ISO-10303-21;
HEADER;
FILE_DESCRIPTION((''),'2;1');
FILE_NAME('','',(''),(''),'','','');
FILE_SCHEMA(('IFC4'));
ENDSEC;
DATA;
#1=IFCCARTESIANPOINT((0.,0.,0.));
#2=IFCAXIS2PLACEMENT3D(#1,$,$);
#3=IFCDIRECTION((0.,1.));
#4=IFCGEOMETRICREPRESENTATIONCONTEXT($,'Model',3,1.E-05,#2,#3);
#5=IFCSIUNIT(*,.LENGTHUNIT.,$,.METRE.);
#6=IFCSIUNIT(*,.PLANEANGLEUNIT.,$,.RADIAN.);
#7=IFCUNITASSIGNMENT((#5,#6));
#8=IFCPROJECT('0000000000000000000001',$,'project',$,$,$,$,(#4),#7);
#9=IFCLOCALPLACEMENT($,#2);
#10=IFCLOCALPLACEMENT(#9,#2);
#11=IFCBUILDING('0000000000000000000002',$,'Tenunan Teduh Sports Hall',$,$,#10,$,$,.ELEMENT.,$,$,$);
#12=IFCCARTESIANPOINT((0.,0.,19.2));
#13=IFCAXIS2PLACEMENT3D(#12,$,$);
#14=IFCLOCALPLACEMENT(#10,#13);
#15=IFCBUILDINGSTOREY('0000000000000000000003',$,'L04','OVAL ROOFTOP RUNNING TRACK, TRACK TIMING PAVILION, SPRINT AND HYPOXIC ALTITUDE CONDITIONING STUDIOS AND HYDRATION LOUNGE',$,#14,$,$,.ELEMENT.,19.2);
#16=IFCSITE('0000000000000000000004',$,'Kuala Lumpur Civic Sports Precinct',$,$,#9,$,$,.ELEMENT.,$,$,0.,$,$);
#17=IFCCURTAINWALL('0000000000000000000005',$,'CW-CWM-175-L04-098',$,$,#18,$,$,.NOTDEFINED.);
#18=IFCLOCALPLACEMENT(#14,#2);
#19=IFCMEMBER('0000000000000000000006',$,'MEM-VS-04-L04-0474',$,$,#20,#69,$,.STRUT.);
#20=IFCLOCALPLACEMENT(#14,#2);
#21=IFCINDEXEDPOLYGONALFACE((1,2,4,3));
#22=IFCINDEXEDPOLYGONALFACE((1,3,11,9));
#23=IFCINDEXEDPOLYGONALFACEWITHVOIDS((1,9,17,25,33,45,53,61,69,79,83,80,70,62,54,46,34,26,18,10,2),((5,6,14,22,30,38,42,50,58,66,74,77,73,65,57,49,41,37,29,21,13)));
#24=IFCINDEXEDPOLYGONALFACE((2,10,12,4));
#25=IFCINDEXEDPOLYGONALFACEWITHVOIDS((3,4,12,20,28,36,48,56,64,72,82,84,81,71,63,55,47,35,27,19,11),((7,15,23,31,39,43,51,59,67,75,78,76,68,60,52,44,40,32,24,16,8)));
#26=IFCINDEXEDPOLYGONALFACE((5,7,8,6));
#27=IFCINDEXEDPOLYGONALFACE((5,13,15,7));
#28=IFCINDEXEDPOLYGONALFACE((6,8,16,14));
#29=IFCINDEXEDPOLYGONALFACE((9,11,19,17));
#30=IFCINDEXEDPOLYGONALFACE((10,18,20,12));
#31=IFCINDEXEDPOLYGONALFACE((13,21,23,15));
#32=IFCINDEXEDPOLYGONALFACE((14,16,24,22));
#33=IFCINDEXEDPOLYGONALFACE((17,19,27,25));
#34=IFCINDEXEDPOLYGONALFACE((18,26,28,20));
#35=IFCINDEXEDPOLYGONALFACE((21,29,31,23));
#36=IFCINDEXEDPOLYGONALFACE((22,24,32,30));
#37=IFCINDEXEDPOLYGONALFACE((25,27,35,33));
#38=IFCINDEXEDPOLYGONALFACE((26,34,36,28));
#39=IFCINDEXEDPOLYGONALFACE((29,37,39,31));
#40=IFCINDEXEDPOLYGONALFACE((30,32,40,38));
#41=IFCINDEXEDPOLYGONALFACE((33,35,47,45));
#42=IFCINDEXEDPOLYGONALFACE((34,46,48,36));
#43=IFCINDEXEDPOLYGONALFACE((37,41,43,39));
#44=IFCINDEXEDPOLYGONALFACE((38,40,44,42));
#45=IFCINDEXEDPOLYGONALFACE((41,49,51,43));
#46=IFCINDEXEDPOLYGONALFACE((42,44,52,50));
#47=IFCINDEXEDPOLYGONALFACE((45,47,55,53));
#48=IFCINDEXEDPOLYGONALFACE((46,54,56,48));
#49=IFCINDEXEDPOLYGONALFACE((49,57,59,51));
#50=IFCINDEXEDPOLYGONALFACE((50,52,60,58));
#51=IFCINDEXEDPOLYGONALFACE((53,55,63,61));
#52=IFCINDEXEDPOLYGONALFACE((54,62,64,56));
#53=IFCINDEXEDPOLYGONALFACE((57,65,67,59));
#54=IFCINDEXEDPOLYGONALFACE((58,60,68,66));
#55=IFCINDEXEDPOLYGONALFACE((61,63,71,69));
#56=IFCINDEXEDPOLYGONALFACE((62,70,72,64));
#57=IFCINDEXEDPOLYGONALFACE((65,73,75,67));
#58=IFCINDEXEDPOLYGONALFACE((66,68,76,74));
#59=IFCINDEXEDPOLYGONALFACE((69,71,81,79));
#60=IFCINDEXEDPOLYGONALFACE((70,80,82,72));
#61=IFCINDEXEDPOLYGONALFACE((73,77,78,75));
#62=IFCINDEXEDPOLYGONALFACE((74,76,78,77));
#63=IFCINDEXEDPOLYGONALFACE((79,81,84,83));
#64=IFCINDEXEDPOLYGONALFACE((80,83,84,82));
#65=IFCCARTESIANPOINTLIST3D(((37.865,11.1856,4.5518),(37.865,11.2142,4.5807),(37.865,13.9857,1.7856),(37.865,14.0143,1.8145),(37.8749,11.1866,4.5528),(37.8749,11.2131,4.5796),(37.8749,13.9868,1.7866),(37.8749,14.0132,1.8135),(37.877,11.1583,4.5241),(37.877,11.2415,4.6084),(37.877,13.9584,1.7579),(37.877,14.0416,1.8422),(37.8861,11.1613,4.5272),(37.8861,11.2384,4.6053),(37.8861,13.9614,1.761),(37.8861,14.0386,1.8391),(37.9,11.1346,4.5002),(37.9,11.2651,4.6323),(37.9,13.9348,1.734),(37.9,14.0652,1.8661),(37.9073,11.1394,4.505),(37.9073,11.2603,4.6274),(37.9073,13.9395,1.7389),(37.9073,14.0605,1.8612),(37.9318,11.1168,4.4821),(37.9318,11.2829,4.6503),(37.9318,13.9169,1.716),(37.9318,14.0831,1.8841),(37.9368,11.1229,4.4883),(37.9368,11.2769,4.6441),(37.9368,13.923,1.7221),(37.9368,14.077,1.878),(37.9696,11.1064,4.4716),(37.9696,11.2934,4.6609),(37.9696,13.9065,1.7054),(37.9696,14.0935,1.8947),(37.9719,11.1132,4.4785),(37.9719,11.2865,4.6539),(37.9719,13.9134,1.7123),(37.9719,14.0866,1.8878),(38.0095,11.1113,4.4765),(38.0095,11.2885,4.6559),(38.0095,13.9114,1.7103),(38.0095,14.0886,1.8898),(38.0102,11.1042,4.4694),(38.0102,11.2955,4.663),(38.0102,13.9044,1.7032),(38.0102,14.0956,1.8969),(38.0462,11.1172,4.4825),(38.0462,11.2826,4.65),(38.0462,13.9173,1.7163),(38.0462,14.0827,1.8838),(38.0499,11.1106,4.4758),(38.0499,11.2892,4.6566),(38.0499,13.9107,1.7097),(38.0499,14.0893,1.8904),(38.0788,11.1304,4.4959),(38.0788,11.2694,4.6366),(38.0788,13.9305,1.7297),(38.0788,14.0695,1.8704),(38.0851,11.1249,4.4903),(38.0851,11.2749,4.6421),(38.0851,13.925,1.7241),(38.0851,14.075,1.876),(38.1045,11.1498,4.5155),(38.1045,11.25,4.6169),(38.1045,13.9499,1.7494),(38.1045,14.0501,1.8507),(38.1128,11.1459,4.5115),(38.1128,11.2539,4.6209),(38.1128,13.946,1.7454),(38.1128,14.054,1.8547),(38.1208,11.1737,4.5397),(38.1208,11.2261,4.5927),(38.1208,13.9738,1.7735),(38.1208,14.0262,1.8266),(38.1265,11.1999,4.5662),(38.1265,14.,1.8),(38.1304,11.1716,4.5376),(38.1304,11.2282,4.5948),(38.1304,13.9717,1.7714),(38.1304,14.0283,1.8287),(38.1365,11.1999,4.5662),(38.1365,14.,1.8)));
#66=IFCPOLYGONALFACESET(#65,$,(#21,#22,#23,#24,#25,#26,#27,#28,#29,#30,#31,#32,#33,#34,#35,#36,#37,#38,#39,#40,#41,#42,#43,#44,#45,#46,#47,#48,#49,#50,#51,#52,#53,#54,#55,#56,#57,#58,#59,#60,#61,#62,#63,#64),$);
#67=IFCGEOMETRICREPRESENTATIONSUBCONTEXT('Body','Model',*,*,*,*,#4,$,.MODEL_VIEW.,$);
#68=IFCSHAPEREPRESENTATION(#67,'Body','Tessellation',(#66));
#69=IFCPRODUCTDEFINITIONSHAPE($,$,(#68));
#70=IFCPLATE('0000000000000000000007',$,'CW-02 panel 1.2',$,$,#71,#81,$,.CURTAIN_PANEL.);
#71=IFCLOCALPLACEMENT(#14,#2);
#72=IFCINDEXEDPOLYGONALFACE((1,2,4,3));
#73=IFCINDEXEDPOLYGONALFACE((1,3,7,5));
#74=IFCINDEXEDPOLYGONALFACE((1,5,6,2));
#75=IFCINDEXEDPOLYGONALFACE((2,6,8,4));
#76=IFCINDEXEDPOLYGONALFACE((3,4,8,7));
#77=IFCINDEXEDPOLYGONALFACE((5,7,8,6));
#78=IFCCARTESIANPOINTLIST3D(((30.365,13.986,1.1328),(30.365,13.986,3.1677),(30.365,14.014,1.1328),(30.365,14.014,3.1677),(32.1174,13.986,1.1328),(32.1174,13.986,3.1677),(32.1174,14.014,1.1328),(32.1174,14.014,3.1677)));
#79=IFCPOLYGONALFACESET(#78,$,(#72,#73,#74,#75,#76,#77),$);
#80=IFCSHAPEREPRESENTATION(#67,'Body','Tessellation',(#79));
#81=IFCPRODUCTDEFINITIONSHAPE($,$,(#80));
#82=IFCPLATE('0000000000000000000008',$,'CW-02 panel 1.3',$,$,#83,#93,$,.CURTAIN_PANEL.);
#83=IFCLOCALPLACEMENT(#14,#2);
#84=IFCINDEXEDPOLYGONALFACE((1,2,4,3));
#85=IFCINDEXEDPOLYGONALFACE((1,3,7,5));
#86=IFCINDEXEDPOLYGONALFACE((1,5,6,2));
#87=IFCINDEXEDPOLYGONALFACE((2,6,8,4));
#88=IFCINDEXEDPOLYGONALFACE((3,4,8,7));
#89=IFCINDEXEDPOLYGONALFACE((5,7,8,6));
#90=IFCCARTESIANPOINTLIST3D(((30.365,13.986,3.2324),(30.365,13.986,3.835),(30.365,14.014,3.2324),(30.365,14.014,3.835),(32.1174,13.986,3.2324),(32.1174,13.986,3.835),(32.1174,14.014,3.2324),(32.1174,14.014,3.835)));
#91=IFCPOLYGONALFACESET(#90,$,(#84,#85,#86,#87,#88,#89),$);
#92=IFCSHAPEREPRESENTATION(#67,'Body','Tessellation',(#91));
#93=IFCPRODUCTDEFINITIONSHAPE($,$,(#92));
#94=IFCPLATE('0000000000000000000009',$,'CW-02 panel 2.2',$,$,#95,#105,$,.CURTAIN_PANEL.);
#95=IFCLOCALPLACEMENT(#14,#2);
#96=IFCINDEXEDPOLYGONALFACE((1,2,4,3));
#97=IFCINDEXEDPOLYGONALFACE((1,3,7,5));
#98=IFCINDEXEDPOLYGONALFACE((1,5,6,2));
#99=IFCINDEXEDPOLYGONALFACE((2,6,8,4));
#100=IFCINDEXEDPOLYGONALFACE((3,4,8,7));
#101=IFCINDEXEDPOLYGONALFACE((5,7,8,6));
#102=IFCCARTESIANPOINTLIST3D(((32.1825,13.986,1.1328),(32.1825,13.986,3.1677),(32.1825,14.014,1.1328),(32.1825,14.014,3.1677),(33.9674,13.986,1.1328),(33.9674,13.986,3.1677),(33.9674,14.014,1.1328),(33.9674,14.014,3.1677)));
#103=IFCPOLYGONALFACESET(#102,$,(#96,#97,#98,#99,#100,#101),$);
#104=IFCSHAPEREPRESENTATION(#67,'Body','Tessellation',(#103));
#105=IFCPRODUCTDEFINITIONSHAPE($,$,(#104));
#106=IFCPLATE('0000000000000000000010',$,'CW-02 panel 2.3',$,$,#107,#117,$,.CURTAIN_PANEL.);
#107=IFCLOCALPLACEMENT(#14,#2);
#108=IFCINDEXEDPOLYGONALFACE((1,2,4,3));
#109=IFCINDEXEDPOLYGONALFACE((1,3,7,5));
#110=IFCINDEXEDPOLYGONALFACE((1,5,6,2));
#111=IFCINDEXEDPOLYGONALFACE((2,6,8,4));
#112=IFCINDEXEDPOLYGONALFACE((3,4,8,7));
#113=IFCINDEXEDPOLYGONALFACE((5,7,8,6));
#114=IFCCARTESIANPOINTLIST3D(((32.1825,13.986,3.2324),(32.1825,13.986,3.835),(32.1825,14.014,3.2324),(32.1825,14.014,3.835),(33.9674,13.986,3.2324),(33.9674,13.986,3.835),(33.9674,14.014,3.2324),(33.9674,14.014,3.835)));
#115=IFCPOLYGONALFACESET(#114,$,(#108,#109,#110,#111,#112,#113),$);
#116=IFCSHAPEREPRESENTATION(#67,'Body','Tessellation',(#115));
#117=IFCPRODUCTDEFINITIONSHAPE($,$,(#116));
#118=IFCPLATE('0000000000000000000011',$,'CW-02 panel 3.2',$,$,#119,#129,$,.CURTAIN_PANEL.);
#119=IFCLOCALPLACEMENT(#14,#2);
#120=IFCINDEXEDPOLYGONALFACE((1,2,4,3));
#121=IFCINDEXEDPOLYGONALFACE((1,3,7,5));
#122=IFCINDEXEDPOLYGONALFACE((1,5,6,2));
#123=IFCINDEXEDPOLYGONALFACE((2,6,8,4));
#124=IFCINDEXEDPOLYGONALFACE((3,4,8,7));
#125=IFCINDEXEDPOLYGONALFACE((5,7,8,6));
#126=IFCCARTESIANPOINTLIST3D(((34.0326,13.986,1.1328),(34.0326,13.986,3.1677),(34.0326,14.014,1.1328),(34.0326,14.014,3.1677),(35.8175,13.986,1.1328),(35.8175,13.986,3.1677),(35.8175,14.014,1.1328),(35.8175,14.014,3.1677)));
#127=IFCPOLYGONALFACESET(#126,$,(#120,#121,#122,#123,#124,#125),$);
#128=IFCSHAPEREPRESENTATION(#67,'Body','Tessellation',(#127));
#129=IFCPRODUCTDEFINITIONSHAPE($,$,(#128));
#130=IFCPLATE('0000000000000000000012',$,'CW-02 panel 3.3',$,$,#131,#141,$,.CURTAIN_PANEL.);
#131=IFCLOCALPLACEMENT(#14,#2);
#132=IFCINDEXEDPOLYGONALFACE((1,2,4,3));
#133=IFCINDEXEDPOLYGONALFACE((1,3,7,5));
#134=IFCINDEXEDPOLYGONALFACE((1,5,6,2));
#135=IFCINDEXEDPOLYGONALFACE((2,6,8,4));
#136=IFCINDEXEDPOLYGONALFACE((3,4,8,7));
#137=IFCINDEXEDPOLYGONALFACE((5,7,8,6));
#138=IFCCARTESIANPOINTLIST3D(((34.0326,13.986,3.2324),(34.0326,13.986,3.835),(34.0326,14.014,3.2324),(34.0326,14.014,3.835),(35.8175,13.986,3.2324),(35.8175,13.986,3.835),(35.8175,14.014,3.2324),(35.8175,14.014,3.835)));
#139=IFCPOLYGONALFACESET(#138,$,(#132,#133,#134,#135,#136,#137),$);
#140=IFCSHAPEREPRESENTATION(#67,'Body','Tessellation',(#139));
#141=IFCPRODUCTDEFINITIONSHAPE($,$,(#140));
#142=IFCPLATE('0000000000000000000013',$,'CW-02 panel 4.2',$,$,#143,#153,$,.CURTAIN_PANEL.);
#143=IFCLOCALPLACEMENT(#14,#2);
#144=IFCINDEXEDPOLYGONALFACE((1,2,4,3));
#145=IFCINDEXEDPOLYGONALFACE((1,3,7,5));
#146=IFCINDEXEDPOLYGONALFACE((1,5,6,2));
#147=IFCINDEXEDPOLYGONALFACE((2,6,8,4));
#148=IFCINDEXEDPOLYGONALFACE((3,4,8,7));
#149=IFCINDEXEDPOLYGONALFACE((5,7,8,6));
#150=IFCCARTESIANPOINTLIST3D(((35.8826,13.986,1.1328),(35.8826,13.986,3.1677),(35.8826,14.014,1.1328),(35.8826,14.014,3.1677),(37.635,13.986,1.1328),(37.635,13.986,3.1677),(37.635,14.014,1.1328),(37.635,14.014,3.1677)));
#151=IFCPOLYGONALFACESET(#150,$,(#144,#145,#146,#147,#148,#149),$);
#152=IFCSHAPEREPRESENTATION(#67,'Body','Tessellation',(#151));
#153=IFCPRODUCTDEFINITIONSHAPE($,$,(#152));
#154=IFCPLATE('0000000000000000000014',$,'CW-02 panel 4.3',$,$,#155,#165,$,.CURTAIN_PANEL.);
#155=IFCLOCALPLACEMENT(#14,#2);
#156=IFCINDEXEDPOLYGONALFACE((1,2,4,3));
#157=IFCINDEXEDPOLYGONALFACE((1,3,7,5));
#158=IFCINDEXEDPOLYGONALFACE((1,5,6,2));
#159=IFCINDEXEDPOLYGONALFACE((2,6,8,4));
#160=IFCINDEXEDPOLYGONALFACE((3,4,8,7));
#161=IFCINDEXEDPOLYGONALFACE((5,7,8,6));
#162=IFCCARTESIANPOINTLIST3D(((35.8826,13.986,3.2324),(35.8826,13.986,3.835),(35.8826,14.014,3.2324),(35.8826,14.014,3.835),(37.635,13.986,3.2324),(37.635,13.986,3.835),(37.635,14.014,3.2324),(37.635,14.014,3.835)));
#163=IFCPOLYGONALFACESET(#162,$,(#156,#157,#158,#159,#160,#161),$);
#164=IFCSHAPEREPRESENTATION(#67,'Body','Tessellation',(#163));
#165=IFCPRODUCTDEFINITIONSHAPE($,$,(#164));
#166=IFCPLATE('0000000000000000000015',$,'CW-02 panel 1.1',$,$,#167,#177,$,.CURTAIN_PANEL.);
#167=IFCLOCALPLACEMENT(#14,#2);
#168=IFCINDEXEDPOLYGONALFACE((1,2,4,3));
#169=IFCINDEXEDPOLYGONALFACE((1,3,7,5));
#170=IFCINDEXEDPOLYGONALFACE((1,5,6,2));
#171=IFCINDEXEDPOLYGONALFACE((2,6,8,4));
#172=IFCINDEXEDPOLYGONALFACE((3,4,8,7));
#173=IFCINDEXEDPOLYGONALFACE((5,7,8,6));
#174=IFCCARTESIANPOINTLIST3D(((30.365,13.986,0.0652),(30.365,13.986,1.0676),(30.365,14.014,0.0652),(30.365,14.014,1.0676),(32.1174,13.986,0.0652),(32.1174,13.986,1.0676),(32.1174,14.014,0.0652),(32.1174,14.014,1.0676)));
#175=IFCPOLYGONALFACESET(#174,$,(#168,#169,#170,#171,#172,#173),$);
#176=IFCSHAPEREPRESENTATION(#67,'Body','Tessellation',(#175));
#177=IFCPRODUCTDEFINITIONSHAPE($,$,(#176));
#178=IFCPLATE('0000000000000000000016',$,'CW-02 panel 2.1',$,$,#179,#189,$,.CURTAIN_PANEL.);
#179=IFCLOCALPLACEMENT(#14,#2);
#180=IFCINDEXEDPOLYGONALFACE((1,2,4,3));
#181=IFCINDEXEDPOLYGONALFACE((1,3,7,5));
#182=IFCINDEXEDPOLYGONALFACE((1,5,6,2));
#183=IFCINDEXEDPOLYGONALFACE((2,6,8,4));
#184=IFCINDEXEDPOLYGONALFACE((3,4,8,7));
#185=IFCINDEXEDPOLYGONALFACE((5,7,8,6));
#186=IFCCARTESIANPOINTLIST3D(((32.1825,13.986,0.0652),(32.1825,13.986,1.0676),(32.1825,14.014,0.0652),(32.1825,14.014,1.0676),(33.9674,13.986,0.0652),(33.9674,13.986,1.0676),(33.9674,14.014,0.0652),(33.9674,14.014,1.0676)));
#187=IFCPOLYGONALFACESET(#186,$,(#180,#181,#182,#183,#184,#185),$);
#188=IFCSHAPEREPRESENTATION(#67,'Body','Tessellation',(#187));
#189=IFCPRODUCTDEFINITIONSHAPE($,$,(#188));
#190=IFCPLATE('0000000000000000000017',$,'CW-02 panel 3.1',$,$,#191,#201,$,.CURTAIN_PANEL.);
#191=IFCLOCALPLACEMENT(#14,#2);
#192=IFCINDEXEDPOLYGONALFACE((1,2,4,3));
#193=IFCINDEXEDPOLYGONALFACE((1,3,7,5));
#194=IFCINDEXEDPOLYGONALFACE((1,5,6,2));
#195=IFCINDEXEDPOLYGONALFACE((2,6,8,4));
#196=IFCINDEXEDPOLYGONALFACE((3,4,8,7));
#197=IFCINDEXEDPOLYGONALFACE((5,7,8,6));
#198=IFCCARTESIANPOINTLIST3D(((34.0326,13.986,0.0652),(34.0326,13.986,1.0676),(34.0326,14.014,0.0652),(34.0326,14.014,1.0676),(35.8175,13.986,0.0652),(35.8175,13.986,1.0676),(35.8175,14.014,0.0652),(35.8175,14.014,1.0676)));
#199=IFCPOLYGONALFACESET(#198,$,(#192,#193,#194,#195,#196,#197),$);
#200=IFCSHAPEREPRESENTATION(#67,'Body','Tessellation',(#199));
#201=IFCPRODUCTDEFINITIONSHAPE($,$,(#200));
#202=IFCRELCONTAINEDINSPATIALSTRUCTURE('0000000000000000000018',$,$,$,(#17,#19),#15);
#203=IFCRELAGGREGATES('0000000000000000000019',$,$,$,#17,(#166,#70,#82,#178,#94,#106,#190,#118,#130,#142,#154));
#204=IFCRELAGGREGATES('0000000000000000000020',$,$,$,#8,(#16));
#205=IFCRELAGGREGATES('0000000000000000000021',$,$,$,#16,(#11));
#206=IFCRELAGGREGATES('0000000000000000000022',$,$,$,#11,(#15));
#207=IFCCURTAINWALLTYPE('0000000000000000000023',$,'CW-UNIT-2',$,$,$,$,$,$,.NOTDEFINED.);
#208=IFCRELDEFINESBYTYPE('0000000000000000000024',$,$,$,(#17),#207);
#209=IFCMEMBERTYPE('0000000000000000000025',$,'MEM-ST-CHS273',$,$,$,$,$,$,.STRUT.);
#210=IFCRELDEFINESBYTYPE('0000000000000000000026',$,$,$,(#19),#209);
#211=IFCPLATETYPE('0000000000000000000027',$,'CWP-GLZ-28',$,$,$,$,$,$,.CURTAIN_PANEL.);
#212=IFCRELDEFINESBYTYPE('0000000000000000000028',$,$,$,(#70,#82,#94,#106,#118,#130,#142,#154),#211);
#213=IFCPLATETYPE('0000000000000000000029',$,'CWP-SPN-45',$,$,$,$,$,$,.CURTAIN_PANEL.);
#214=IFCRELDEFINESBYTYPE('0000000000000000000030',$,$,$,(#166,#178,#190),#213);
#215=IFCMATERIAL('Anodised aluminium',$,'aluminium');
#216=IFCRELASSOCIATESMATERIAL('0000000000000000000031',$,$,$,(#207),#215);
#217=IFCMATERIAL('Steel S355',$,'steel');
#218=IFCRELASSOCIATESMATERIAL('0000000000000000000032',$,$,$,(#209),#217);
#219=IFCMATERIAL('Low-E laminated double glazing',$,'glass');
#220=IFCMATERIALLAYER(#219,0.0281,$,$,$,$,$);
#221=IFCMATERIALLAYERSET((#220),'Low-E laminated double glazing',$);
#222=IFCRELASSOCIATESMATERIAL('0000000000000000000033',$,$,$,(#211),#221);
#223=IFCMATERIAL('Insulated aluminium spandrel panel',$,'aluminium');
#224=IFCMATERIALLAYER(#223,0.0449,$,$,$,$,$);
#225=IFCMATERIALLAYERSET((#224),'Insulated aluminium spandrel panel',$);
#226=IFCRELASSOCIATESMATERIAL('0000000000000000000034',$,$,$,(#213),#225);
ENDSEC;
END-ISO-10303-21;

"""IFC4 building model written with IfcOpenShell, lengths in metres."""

from ifc_helpers import new_model, si_unit, direction, frame, origin, origin_2d, place, context, subcontext, project, spatial, rectangle, hollow_circle, extrude, material, layer, layer_set, material_profile, profile_set, type_object, element, aggregate, save


model = new_model("IFC4")

# Units and contexts
model_context = context("Model", 3, precision=1e-05, world=origin(), true_north=direction((0.0, 1.0)))
body_context = subcontext(model_context, "Body", "Model", "MODEL_VIEW")
ifc_project = project(units=[si_unit("LENGTHUNIT", "METRE"), si_unit("PLANEANGLEUNIT", "RADIAN")], contexts=[model_context])

# Site, building, storey
site_placement = place(None, origin())
site = spatial("IfcSite", under=ifc_project, at=site_placement, Name="Kuala Lumpur Civic Sports Precinct", CompositionType="ELEMENT", RefElevation=0.0)
building_placement = place(site_placement, origin())
building = spatial("IfcBuilding", under=site, at=building_placement, Name="Tenunan Teduh Sports Hall", CompositionType="ELEMENT")
storey_placement = place(building_placement, frame((0.0, 0.0, 19.2)))
storey = spatial("IfcBuildingStorey", under=building, at=storey_placement, Name="L04", Description="OVAL ROOFTOP RUNNING TRACK, TRACK TIMING PAVILION, SPRINT AND HYPOXIC ALTITUDE CONDITIONING STUDIOS AND HYDRATION LOUNGE", CompositionType="ELEMENT", Elevation=19.2)

# Curtain wall
ifc_material_1 = material(Name="Anodised aluminium", Category="aluminium")
curtain_wall_type = type_object("IfcCurtainWallType", Name="CW-UNIT-2", PredefinedType="NOTDEFINED", material=ifc_material_1)
curtain_wall_1_placement = place(storey_placement, origin())
curtain_wall_1 = element("IfcCurtainWall", 1, at=curtain_wall_1_placement, inside=storey, type_object=curtain_wall_type, Name="CW-CWM-175-L04-098", PredefinedType="NOTDEFINED")

# Member
ifc_material_2 = material(Name="Steel S355", Category="steel")
ifc_material_profile_1 = material_profile(ifc_material_2, hollow_circle(Radius=0.1365, WallThickness=0.01, at=origin_2d()), Name="CHS 273.0x10.0")
ifc_profile_set_1 = profile_set([ifc_material_profile_1], Name="Steel S355")
member_type_1 = type_object("IfcMemberType", Name="MEM-ST-CHS273", PredefinedType="STRUT", material=ifc_profile_set_1)
member_1_placement = place(storey_placement, frame((38.0, 14.0, 1.8), z_axis=(0.0, -0.711405, 0.702783), x_axis=(1.0, 0.0, 0.0)))
element("IfcMember", 2, at=member_1_placement, inside=storey, type_object=member_type_1, Name="MEM-VS-04-L04-0474", PredefinedType="STRUT", context=body_context, shape_type="SweptSolid", body=[
    extrude(hollow_circle(Radius=0.1365, WallThickness=0.01, at=origin_2d()), origin(), (0.0, 0.0, 1.0), 3.936),
])

# Plates
ifc_material_3 = material(Name="Low-E laminated double glazing", Category="glass")
ifc_layer_1 = layer(ifc_material_3, 0.0281)
ifc_layer_set_1 = layer_set([ifc_layer_1], Name="Low-E laminated double glazing")
plate_type_1 = type_object("IfcPlateType", Name="CWP-GLZ-28", PredefinedType="CURTAIN_PANEL", material=ifc_layer_set_1)
plate_1_placement = place(storey_placement, frame((31.2412, 14.0, 1.1328), z_axis=(0.0, 0.0, 1.0), x_axis=(1.0, 0.0, 0.0)))
plate_1 = element("IfcPlate", 3, at=plate_1_placement, type_object=plate_type_1, Name="CW-02 panel 1.2", PredefinedType="CURTAIN_PANEL", context=body_context, shape_type="SweptSolid", body=[
    extrude(rectangle(XDim=1.7524, YDim=0.0281, at=origin_2d()), origin(), (0.0, 0.0, 1.0), 2.0349),
])
plate_2_placement = place(storey_placement, frame((31.2412, 14.0, 3.2324), z_axis=(0.0, 0.0, 1.0), x_axis=(1.0, 0.0, 0.0)))
plate_2 = element("IfcPlate", 4, at=plate_2_placement, type_object=plate_type_1, Name="CW-02 panel 1.3", PredefinedType="CURTAIN_PANEL", context=body_context, shape_type="SweptSolid", body=[
    extrude(rectangle(XDim=1.7524, YDim=0.0281, at=origin_2d()), origin(), (0.0, 0.0, 1.0), 0.6025),
])
plate_3_placement = place(storey_placement, frame((33.075, 14.0, 1.1328), z_axis=(0.0, 0.0, 1.0), x_axis=(1.0, 0.0, 0.0)))
plate_3 = element("IfcPlate", 5, at=plate_3_placement, type_object=plate_type_1, Name="CW-02 panel 2.2", PredefinedType="CURTAIN_PANEL", context=body_context, shape_type="SweptSolid", body=[
    extrude(rectangle(XDim=1.7849, YDim=0.0281, at=origin_2d()), origin(), (0.0, 0.0, 1.0), 2.0349),
])
plate_4_placement = place(storey_placement, frame((33.075, 14.0, 3.2324), z_axis=(0.0, 0.0, 1.0), x_axis=(1.0, 0.0, 0.0)))
plate_4 = element("IfcPlate", 6, at=plate_4_placement, type_object=plate_type_1, Name="CW-02 panel 2.3", PredefinedType="CURTAIN_PANEL", context=body_context, shape_type="SweptSolid", body=[
    extrude(rectangle(XDim=1.7849, YDim=0.0281, at=origin_2d()), origin(), (0.0, 0.0, 1.0), 0.6025),
])
plate_5_placement = place(storey_placement, frame((34.925, 14.0, 1.1328), z_axis=(0.0, 0.0, 1.0), x_axis=(1.0, 0.0, 0.0)))
plate_5 = element("IfcPlate", 7, at=plate_5_placement, type_object=plate_type_1, Name="CW-02 panel 3.2", PredefinedType="CURTAIN_PANEL", context=body_context, shape_type="SweptSolid", body=[
    extrude(rectangle(XDim=1.7849, YDim=0.0281, at=origin_2d()), origin(), (0.0, 0.0, 1.0), 2.0349),
])
plate_6_placement = place(storey_placement, frame((34.925, 14.0, 3.2324), z_axis=(0.0, 0.0, 1.0), x_axis=(1.0, 0.0, 0.0)))
plate_6 = element("IfcPlate", 8, at=plate_6_placement, type_object=plate_type_1, Name="CW-02 panel 3.3", PredefinedType="CURTAIN_PANEL", context=body_context, shape_type="SweptSolid", body=[
    extrude(rectangle(XDim=1.7849, YDim=0.0281, at=origin_2d()), origin(), (0.0, 0.0, 1.0), 0.6025),
])
plate_7_placement = place(storey_placement, frame((36.7588, 14.0, 1.1328), z_axis=(0.0, 0.0, 1.0), x_axis=(1.0, 0.0, 0.0)))
plate_7 = element("IfcPlate", 9, at=plate_7_placement, type_object=plate_type_1, Name="CW-02 panel 4.2", PredefinedType="CURTAIN_PANEL", context=body_context, shape_type="SweptSolid", body=[
    extrude(rectangle(XDim=1.7524, YDim=0.0281, at=origin_2d()), origin(), (0.0, 0.0, 1.0), 2.0349),
])
plate_8_placement = place(storey_placement, frame((36.7588, 14.0, 3.2324), z_axis=(0.0, 0.0, 1.0), x_axis=(1.0, 0.0, 0.0)))
plate_8 = element("IfcPlate", 10, at=plate_8_placement, type_object=plate_type_1, Name="CW-02 panel 4.3", PredefinedType="CURTAIN_PANEL", context=body_context, shape_type="SweptSolid", body=[
    extrude(rectangle(XDim=1.7524, YDim=0.0281, at=origin_2d()), origin(), (0.0, 0.0, 1.0), 0.6025),
])
ifc_material_4 = material(Name="Insulated aluminium spandrel panel", Category="aluminium")
ifc_layer_2 = layer(ifc_material_4, 0.0449)
ifc_layer_set_2 = layer_set([ifc_layer_2], Name="Insulated aluminium spandrel panel")
plate_type_2 = type_object("IfcPlateType", Name="CWP-SPN-45", PredefinedType="CURTAIN_PANEL", material=ifc_layer_set_2)
plate_9_placement = place(storey_placement, frame((31.2412, 14.0, 0.0652), z_axis=(0.0, 0.0, 1.0), x_axis=(1.0, 0.0, 0.0)))
plate_9 = element("IfcPlate", 11, at=plate_9_placement, type_object=plate_type_2, Name="CW-02 panel 1.1", PredefinedType="CURTAIN_PANEL", context=body_context, shape_type="SweptSolid", body=[
    extrude(rectangle(XDim=1.7524, YDim=0.0281, at=origin_2d()), origin(), (0.0, 0.0, 1.0), 1.0024),
])
plate_10_placement = place(storey_placement, frame((33.075, 14.0, 0.0652), z_axis=(0.0, 0.0, 1.0), x_axis=(1.0, 0.0, 0.0)))
plate_10 = element("IfcPlate", 12, at=plate_10_placement, type_object=plate_type_2, Name="CW-02 panel 2.1", PredefinedType="CURTAIN_PANEL", context=body_context, shape_type="SweptSolid", body=[
    extrude(rectangle(XDim=1.7849, YDim=0.0281, at=origin_2d()), origin(), (0.0, 0.0, 1.0), 1.0024),
])
plate_11_placement = place(storey_placement, frame((34.925, 14.0, 0.0652), z_axis=(0.0, 0.0, 1.0), x_axis=(1.0, 0.0, 0.0)))
plate_11 = element("IfcPlate", 13, at=plate_11_placement, type_object=plate_type_2, Name="CW-02 panel 3.1", PredefinedType="CURTAIN_PANEL", context=body_context, shape_type="SweptSolid", body=[
    extrude(rectangle(XDim=1.7849, YDim=0.0281, at=origin_2d()), origin(), (0.0, 0.0, 1.0), 1.0024),
])
aggregate(curtain_wall_1, [plate_9, plate_1, plate_2, plate_10, plate_3, plate_4, plate_11, plate_5, plate_6, plate_7, plate_8])

save(model, "model.ifc")
